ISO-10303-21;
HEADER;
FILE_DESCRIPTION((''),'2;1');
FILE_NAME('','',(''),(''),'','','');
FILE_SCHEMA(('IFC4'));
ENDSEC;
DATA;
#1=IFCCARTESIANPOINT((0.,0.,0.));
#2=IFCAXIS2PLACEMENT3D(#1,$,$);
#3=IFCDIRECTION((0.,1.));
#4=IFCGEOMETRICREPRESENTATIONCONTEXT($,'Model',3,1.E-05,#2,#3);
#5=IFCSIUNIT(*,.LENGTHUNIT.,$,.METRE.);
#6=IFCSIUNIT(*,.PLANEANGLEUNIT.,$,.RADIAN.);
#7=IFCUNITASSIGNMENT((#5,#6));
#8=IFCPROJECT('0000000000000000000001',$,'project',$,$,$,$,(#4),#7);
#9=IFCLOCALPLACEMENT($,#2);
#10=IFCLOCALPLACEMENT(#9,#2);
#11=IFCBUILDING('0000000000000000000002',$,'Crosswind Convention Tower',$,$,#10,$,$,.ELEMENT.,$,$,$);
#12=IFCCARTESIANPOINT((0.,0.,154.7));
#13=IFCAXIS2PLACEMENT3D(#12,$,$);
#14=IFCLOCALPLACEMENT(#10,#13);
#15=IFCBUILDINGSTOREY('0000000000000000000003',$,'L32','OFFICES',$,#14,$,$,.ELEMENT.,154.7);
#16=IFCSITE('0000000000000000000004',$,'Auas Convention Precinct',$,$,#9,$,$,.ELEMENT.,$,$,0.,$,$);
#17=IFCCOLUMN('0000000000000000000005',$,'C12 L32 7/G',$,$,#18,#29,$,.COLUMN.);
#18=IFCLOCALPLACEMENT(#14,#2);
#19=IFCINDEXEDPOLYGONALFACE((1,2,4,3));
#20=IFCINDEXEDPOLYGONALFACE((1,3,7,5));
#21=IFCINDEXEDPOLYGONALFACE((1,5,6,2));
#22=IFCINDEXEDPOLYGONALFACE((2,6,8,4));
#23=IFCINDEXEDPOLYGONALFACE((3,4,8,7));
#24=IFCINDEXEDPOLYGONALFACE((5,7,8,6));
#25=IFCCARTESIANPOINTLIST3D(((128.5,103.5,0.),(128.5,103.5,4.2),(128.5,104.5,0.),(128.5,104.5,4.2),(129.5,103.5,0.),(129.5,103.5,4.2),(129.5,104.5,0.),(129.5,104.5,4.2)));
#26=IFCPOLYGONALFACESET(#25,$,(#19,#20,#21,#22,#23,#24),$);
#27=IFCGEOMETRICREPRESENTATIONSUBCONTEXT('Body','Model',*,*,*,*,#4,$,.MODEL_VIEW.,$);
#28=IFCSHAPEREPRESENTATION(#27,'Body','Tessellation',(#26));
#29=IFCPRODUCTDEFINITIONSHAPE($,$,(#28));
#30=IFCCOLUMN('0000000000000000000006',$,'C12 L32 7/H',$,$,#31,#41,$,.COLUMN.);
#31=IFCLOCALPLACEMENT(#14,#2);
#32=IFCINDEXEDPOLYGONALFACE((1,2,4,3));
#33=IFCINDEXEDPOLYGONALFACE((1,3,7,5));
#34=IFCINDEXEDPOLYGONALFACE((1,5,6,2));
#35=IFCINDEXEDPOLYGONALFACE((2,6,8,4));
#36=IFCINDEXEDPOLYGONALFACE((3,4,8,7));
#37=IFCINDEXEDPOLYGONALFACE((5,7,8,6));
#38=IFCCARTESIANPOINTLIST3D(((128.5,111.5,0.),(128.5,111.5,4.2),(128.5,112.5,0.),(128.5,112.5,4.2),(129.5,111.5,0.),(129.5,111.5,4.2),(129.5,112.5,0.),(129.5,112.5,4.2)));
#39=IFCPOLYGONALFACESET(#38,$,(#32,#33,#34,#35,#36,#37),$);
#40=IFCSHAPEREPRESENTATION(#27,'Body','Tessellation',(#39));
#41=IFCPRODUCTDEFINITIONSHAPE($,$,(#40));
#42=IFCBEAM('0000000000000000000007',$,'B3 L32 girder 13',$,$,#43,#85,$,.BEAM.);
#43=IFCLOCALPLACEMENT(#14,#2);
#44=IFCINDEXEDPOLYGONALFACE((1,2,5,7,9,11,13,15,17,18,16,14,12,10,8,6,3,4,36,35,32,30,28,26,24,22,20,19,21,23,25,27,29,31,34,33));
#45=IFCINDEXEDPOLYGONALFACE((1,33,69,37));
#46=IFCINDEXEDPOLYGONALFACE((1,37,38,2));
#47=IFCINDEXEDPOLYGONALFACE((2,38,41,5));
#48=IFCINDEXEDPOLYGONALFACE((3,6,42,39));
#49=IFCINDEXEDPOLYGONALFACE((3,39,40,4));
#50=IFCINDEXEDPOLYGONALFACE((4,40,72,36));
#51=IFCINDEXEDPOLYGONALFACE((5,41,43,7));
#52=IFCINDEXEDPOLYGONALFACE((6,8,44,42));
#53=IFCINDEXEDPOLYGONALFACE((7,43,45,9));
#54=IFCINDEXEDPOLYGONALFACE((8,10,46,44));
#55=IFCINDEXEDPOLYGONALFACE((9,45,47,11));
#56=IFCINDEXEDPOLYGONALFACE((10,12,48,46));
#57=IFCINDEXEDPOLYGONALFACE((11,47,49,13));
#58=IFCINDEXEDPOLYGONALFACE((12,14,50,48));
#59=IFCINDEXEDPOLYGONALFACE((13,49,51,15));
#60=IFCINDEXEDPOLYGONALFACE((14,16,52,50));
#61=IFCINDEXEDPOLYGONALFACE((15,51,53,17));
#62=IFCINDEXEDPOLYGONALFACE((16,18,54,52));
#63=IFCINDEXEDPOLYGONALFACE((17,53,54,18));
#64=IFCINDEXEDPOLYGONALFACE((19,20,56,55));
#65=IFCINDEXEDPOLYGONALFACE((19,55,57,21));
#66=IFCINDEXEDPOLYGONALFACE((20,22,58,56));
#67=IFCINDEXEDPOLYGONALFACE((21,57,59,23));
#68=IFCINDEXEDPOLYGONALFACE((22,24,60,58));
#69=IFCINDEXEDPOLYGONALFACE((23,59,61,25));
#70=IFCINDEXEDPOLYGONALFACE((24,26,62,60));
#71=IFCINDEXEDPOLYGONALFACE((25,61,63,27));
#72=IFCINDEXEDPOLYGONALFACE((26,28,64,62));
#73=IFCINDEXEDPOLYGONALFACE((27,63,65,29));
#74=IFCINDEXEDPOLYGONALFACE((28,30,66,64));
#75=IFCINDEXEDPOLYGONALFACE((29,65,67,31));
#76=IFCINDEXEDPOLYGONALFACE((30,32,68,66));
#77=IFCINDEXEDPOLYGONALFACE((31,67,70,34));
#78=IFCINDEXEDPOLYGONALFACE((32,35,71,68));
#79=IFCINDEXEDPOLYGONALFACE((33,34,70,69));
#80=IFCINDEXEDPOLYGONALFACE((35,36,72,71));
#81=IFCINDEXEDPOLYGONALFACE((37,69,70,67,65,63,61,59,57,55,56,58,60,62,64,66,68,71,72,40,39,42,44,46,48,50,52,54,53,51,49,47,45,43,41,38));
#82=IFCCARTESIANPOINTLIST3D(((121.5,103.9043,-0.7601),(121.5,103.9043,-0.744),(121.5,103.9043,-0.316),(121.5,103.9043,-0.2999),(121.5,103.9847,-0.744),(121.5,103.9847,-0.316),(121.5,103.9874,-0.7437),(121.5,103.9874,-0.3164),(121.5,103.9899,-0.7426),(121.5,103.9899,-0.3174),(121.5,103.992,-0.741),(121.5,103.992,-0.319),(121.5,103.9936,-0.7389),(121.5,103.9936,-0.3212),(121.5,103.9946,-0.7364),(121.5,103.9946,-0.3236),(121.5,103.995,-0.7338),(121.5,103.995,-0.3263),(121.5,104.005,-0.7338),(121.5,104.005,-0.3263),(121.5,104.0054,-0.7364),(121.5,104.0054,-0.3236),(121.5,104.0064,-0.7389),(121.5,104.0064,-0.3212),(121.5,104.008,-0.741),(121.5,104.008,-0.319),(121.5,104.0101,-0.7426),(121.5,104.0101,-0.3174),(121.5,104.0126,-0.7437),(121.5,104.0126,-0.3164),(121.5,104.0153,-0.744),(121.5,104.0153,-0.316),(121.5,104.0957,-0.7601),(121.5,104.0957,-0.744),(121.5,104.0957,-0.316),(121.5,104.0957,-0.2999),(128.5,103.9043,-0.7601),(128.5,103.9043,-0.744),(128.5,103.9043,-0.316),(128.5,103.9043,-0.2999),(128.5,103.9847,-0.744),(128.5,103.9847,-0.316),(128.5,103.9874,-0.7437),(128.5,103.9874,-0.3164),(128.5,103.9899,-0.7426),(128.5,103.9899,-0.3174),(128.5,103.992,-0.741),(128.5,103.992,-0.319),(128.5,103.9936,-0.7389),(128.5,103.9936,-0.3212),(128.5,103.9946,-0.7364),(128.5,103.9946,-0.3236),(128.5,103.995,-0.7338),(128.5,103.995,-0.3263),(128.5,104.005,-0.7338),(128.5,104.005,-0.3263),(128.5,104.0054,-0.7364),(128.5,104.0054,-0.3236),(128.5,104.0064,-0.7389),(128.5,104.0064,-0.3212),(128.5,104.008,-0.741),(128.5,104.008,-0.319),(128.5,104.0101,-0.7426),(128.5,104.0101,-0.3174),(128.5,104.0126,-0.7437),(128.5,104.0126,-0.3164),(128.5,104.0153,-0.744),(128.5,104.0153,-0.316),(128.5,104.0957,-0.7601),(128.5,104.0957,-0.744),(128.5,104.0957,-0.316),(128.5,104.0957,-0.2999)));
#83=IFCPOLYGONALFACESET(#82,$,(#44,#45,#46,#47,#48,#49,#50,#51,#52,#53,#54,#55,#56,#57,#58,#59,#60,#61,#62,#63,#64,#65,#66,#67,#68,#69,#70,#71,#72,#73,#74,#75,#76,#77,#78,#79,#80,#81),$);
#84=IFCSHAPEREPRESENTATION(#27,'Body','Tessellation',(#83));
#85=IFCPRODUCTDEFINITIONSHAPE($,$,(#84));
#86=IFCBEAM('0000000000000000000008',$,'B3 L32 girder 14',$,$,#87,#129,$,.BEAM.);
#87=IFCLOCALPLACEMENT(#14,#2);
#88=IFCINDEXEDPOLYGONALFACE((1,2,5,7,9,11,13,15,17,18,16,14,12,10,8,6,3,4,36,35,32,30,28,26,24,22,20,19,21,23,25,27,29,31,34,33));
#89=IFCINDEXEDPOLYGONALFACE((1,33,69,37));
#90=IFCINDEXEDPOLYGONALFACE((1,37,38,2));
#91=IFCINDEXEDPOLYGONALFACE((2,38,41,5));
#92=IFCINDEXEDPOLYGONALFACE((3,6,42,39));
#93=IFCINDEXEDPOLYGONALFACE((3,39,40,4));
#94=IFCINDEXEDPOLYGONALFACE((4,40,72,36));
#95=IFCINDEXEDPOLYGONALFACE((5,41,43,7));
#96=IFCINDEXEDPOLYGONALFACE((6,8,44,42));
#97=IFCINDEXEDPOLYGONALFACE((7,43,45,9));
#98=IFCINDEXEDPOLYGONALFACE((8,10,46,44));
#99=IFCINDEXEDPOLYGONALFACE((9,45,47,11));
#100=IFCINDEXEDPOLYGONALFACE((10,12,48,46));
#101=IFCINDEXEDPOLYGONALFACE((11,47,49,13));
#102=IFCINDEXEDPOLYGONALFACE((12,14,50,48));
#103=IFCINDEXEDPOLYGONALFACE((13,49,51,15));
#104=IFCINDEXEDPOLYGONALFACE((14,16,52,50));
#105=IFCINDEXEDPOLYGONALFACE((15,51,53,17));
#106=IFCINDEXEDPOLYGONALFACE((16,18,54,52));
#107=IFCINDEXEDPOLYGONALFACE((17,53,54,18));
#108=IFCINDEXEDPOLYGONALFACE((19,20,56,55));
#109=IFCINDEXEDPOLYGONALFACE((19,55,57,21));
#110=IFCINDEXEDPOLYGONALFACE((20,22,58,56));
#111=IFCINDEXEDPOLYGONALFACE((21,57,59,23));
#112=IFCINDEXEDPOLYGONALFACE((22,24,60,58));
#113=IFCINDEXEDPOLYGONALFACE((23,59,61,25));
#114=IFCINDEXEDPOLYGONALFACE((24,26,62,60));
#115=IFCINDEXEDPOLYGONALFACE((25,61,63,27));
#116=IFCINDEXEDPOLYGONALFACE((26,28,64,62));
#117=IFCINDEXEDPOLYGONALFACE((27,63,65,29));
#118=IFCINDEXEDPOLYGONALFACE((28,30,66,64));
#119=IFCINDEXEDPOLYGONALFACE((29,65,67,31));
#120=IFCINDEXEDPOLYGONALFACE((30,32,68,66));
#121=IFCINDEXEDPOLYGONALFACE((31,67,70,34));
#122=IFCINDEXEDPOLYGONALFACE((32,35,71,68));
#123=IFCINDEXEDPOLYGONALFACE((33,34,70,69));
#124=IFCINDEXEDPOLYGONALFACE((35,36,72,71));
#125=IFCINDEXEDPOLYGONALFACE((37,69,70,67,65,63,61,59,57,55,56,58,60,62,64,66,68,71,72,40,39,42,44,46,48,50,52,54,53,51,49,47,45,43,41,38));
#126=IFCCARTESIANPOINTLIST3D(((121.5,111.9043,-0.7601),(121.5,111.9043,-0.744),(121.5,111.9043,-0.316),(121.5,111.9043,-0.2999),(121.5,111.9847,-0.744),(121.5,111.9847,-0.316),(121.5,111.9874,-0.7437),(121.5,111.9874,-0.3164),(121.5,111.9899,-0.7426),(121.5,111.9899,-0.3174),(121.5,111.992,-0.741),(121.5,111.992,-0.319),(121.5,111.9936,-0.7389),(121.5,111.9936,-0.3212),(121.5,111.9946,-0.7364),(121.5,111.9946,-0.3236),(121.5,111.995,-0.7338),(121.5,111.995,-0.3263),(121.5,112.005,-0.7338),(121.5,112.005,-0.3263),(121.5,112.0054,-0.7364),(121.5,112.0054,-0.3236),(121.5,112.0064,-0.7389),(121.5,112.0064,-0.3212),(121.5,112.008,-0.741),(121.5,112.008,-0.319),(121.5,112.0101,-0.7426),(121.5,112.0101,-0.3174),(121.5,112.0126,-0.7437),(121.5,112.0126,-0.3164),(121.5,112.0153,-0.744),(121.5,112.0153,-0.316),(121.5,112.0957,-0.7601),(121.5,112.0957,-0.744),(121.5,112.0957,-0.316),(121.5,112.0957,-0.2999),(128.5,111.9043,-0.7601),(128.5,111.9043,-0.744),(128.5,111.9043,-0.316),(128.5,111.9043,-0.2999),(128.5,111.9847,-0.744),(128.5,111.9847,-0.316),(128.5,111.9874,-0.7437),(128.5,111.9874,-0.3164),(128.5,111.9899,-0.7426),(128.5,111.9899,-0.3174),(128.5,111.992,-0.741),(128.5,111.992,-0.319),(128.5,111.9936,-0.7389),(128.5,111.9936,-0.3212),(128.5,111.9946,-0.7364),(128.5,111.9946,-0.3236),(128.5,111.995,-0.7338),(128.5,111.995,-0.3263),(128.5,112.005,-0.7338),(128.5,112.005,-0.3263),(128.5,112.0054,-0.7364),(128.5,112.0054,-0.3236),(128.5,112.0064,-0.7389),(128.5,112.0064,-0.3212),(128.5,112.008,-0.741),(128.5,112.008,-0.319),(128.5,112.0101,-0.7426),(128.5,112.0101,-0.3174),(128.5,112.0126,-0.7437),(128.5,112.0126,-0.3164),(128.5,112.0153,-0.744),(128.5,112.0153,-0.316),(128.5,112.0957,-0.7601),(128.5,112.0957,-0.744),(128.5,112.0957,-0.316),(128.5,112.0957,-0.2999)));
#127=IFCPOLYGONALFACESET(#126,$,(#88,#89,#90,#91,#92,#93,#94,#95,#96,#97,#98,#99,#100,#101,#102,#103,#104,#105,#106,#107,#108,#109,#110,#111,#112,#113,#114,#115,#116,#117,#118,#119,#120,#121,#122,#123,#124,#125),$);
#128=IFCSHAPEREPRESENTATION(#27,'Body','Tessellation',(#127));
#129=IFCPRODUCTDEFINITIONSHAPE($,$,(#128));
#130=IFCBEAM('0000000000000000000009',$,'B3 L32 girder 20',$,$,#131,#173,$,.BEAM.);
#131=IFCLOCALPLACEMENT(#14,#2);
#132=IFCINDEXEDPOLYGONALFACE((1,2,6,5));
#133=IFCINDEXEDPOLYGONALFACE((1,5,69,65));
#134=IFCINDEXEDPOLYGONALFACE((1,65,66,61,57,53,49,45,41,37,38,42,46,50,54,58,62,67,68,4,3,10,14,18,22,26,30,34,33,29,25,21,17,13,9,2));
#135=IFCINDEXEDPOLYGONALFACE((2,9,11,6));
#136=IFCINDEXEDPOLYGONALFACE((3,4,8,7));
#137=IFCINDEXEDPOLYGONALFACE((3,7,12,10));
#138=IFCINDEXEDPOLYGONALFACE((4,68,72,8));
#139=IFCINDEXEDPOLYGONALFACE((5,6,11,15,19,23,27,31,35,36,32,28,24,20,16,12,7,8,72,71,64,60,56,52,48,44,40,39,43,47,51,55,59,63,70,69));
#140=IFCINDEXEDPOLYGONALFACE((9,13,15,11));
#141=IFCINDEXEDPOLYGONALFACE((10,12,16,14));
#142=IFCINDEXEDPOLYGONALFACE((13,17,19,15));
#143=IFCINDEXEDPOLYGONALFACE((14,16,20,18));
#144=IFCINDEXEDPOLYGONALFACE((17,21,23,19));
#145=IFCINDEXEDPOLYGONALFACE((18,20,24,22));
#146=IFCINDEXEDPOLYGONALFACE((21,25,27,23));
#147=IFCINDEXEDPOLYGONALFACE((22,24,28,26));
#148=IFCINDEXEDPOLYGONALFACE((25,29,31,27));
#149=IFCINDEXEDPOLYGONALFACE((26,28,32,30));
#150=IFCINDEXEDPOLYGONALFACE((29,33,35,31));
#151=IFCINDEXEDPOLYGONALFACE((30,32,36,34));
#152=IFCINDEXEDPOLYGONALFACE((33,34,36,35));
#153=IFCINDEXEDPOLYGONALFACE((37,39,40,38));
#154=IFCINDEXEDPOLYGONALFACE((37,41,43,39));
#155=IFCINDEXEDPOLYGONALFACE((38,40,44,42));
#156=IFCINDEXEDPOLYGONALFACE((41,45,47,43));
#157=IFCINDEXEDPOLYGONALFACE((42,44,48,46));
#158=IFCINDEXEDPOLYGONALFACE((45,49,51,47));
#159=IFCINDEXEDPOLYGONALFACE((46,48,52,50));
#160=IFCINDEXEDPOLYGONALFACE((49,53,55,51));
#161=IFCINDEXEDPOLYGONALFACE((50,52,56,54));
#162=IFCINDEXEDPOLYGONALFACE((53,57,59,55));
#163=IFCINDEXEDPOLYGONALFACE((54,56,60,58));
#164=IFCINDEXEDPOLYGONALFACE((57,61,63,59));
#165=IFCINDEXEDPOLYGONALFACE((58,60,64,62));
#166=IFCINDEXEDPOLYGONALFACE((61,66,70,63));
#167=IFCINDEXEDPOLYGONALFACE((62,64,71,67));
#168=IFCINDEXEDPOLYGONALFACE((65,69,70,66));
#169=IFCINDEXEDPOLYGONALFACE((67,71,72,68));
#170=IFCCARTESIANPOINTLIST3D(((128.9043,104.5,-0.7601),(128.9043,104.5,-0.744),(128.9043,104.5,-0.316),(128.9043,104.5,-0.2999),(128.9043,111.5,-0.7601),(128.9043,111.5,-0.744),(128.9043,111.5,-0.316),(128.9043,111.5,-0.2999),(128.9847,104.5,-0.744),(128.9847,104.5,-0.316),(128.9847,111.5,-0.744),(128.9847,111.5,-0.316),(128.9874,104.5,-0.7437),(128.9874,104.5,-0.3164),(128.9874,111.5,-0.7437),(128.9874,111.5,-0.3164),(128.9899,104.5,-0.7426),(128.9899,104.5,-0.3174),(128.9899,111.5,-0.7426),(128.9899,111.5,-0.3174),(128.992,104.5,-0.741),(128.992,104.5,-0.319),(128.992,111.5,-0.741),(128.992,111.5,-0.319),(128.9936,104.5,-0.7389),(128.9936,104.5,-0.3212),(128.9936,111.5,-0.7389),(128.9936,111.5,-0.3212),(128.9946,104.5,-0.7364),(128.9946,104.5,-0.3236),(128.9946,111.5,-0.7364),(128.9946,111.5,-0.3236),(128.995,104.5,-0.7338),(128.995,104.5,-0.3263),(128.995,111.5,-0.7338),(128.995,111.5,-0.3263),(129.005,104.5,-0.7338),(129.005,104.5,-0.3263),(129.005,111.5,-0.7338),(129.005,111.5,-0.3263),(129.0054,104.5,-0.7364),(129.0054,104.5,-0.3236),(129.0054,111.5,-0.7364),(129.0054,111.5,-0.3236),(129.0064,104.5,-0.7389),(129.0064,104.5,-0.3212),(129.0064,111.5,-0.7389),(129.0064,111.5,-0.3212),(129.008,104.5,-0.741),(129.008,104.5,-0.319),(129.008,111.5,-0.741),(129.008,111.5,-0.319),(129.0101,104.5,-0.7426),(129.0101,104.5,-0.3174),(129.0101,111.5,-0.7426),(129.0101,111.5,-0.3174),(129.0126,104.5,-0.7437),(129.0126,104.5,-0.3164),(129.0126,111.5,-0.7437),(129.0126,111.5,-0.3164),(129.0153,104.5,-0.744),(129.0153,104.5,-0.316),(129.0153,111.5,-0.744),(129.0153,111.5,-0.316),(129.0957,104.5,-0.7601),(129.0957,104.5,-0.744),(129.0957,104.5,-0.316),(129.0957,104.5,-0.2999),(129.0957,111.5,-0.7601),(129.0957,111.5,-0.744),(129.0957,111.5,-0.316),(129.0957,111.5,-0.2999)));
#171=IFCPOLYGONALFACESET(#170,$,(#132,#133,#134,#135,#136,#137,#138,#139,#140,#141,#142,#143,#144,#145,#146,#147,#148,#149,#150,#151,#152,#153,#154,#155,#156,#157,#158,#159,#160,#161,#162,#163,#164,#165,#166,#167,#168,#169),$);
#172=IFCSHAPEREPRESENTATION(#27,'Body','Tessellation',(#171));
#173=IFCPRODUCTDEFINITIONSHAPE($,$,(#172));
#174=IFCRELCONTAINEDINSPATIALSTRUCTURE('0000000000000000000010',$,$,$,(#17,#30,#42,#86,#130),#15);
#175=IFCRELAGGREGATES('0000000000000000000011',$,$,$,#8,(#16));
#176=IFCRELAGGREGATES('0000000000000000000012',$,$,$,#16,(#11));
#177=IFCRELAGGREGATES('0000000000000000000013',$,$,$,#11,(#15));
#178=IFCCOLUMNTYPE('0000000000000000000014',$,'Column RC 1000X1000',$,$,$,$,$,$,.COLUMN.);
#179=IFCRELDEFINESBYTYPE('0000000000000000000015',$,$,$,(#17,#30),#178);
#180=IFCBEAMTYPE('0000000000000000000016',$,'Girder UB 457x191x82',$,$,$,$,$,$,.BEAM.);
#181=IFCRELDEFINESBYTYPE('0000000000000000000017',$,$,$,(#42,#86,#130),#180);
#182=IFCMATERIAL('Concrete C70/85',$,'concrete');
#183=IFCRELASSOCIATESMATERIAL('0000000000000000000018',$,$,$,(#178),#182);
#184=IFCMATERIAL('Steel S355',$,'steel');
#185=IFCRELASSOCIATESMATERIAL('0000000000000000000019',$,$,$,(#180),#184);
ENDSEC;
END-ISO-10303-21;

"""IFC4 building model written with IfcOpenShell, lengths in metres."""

from ifc_helpers import new_model, si_unit, direction, frame, origin, origin_2d, place, context, subcontext, project, spatial, rectangle, i_section, extrude, material, material_profile, profile_set, type_object, element, save


model = new_model("IFC4")

# Units and contexts
model_context = context("Model", 3, precision=1e-05, world=origin(), true_north=direction((0.0, 1.0)))
body_context = subcontext(model_context, "Body", "Model", "MODEL_VIEW")
ifc_project = project(units=[si_unit("LENGTHUNIT", "METRE"), si_unit("PLANEANGLEUNIT", "RADIAN")], contexts=[model_context])

# Site, building, storey
site_placement = place(None, origin())
site = spatial("IfcSite", under=ifc_project, at=site_placement, Name="Auas Convention Precinct", CompositionType="ELEMENT", RefElevation=0.0)
building_placement = place(site_placement, origin())
building = spatial("IfcBuilding", under=site, at=building_placement, Name="Crosswind Convention Tower", CompositionType="ELEMENT")
storey_placement = place(building_placement, frame((0.0, 0.0, 154.7)))
storey = spatial("IfcBuildingStorey", under=building, at=storey_placement, Name="L32", Description="OFFICES", CompositionType="ELEMENT", Elevation=154.7)

# Columns
ifc_material_1 = material(Name="Concrete C70/85", Category="concrete")
ifc_material_profile_1 = material_profile(ifc_material_1, rectangle(XDim=1.0, YDim=1.0, at=origin_2d()), Name="RC 1000X1000")
ifc_profile_set_1 = profile_set([ifc_material_profile_1], Name="Concrete C70/85")
column_type = type_object("IfcColumnType", Name="Column RC 1000X1000", PredefinedType="COLUMN", material=ifc_profile_set_1)
for number, where, z_axis, x_axis, name in (
    (1, (129.0, 104.0, 0.0), (0.0, 0.0, 1.0), (1.0, 0.0, 0.0), "C12 L32 7/G"),
    (2, (129.0, 112.0, 0.0), (0.0, 0.0, 1.0), (1.0, 0.0, 0.0), "C12 L32 7/H"),
):
    element("IfcColumn", number, at=place(storey_placement, frame(where, z_axis=z_axis, x_axis=x_axis)), inside=storey, type_object=column_type, Name=name, PredefinedType="COLUMN", context=body_context, shape_type="SweptSolid", body=[
        extrude(rectangle(XDim=1.0, YDim=1.0, at=origin_2d()), origin(), (0.0, 0.0, 1.0), 4.2),
    ])

# Beams
ifc_material_2 = material(Name="Steel S355", Category="steel")
ifc_material_profile_2 = material_profile(ifc_material_2, i_section(OverallWidth=0.1914, OverallDepth=0.4602, WebThickness=0.01, FlangeThickness=0.0161, FilletRadius=0.0103, at=origin_2d()), Name="UB 457x191x82")
ifc_profile_set_2 = profile_set([ifc_material_profile_2], Name="Steel S355")
beam_type_1 = type_object("IfcBeamType", Name="Girder UB 457x191x82", PredefinedType="BEAM", material=ifc_profile_set_2)
for number, where, z_axis, x_axis, name in (
    (3, (121.5, 104.0, -0.53), (1.0, 0.0, 0.0), (0.0, 1.0, 0.0), "B3 L32 girder 13"),
    (4, (121.5, 112.0, -0.53), (1.0, 0.0, 0.0), (0.0, 1.0, 0.0), "B3 L32 girder 14"),
    (5, (129.0, 104.5, -0.53), (0.0, 1.0, 0.0), (-1.0, 0.0, 0.0), "B3 L32 girder 20"),
):
    element("IfcBeam", number, at=place(storey_placement, frame(where, z_axis=z_axis, x_axis=x_axis)), inside=storey, type_object=beam_type_1, Name=name, PredefinedType="BEAM", context=body_context, shape_type="SweptSolid", body=[
        extrude(i_section(OverallWidth=0.1914, OverallDepth=0.4602, WebThickness=0.01, FlangeThickness=0.0161, FilletRadius=0.0103, at=origin_2d()), origin(), (0.0, 0.0, 1.0), 7.0),
    ])

save(model, "model.ifc")
